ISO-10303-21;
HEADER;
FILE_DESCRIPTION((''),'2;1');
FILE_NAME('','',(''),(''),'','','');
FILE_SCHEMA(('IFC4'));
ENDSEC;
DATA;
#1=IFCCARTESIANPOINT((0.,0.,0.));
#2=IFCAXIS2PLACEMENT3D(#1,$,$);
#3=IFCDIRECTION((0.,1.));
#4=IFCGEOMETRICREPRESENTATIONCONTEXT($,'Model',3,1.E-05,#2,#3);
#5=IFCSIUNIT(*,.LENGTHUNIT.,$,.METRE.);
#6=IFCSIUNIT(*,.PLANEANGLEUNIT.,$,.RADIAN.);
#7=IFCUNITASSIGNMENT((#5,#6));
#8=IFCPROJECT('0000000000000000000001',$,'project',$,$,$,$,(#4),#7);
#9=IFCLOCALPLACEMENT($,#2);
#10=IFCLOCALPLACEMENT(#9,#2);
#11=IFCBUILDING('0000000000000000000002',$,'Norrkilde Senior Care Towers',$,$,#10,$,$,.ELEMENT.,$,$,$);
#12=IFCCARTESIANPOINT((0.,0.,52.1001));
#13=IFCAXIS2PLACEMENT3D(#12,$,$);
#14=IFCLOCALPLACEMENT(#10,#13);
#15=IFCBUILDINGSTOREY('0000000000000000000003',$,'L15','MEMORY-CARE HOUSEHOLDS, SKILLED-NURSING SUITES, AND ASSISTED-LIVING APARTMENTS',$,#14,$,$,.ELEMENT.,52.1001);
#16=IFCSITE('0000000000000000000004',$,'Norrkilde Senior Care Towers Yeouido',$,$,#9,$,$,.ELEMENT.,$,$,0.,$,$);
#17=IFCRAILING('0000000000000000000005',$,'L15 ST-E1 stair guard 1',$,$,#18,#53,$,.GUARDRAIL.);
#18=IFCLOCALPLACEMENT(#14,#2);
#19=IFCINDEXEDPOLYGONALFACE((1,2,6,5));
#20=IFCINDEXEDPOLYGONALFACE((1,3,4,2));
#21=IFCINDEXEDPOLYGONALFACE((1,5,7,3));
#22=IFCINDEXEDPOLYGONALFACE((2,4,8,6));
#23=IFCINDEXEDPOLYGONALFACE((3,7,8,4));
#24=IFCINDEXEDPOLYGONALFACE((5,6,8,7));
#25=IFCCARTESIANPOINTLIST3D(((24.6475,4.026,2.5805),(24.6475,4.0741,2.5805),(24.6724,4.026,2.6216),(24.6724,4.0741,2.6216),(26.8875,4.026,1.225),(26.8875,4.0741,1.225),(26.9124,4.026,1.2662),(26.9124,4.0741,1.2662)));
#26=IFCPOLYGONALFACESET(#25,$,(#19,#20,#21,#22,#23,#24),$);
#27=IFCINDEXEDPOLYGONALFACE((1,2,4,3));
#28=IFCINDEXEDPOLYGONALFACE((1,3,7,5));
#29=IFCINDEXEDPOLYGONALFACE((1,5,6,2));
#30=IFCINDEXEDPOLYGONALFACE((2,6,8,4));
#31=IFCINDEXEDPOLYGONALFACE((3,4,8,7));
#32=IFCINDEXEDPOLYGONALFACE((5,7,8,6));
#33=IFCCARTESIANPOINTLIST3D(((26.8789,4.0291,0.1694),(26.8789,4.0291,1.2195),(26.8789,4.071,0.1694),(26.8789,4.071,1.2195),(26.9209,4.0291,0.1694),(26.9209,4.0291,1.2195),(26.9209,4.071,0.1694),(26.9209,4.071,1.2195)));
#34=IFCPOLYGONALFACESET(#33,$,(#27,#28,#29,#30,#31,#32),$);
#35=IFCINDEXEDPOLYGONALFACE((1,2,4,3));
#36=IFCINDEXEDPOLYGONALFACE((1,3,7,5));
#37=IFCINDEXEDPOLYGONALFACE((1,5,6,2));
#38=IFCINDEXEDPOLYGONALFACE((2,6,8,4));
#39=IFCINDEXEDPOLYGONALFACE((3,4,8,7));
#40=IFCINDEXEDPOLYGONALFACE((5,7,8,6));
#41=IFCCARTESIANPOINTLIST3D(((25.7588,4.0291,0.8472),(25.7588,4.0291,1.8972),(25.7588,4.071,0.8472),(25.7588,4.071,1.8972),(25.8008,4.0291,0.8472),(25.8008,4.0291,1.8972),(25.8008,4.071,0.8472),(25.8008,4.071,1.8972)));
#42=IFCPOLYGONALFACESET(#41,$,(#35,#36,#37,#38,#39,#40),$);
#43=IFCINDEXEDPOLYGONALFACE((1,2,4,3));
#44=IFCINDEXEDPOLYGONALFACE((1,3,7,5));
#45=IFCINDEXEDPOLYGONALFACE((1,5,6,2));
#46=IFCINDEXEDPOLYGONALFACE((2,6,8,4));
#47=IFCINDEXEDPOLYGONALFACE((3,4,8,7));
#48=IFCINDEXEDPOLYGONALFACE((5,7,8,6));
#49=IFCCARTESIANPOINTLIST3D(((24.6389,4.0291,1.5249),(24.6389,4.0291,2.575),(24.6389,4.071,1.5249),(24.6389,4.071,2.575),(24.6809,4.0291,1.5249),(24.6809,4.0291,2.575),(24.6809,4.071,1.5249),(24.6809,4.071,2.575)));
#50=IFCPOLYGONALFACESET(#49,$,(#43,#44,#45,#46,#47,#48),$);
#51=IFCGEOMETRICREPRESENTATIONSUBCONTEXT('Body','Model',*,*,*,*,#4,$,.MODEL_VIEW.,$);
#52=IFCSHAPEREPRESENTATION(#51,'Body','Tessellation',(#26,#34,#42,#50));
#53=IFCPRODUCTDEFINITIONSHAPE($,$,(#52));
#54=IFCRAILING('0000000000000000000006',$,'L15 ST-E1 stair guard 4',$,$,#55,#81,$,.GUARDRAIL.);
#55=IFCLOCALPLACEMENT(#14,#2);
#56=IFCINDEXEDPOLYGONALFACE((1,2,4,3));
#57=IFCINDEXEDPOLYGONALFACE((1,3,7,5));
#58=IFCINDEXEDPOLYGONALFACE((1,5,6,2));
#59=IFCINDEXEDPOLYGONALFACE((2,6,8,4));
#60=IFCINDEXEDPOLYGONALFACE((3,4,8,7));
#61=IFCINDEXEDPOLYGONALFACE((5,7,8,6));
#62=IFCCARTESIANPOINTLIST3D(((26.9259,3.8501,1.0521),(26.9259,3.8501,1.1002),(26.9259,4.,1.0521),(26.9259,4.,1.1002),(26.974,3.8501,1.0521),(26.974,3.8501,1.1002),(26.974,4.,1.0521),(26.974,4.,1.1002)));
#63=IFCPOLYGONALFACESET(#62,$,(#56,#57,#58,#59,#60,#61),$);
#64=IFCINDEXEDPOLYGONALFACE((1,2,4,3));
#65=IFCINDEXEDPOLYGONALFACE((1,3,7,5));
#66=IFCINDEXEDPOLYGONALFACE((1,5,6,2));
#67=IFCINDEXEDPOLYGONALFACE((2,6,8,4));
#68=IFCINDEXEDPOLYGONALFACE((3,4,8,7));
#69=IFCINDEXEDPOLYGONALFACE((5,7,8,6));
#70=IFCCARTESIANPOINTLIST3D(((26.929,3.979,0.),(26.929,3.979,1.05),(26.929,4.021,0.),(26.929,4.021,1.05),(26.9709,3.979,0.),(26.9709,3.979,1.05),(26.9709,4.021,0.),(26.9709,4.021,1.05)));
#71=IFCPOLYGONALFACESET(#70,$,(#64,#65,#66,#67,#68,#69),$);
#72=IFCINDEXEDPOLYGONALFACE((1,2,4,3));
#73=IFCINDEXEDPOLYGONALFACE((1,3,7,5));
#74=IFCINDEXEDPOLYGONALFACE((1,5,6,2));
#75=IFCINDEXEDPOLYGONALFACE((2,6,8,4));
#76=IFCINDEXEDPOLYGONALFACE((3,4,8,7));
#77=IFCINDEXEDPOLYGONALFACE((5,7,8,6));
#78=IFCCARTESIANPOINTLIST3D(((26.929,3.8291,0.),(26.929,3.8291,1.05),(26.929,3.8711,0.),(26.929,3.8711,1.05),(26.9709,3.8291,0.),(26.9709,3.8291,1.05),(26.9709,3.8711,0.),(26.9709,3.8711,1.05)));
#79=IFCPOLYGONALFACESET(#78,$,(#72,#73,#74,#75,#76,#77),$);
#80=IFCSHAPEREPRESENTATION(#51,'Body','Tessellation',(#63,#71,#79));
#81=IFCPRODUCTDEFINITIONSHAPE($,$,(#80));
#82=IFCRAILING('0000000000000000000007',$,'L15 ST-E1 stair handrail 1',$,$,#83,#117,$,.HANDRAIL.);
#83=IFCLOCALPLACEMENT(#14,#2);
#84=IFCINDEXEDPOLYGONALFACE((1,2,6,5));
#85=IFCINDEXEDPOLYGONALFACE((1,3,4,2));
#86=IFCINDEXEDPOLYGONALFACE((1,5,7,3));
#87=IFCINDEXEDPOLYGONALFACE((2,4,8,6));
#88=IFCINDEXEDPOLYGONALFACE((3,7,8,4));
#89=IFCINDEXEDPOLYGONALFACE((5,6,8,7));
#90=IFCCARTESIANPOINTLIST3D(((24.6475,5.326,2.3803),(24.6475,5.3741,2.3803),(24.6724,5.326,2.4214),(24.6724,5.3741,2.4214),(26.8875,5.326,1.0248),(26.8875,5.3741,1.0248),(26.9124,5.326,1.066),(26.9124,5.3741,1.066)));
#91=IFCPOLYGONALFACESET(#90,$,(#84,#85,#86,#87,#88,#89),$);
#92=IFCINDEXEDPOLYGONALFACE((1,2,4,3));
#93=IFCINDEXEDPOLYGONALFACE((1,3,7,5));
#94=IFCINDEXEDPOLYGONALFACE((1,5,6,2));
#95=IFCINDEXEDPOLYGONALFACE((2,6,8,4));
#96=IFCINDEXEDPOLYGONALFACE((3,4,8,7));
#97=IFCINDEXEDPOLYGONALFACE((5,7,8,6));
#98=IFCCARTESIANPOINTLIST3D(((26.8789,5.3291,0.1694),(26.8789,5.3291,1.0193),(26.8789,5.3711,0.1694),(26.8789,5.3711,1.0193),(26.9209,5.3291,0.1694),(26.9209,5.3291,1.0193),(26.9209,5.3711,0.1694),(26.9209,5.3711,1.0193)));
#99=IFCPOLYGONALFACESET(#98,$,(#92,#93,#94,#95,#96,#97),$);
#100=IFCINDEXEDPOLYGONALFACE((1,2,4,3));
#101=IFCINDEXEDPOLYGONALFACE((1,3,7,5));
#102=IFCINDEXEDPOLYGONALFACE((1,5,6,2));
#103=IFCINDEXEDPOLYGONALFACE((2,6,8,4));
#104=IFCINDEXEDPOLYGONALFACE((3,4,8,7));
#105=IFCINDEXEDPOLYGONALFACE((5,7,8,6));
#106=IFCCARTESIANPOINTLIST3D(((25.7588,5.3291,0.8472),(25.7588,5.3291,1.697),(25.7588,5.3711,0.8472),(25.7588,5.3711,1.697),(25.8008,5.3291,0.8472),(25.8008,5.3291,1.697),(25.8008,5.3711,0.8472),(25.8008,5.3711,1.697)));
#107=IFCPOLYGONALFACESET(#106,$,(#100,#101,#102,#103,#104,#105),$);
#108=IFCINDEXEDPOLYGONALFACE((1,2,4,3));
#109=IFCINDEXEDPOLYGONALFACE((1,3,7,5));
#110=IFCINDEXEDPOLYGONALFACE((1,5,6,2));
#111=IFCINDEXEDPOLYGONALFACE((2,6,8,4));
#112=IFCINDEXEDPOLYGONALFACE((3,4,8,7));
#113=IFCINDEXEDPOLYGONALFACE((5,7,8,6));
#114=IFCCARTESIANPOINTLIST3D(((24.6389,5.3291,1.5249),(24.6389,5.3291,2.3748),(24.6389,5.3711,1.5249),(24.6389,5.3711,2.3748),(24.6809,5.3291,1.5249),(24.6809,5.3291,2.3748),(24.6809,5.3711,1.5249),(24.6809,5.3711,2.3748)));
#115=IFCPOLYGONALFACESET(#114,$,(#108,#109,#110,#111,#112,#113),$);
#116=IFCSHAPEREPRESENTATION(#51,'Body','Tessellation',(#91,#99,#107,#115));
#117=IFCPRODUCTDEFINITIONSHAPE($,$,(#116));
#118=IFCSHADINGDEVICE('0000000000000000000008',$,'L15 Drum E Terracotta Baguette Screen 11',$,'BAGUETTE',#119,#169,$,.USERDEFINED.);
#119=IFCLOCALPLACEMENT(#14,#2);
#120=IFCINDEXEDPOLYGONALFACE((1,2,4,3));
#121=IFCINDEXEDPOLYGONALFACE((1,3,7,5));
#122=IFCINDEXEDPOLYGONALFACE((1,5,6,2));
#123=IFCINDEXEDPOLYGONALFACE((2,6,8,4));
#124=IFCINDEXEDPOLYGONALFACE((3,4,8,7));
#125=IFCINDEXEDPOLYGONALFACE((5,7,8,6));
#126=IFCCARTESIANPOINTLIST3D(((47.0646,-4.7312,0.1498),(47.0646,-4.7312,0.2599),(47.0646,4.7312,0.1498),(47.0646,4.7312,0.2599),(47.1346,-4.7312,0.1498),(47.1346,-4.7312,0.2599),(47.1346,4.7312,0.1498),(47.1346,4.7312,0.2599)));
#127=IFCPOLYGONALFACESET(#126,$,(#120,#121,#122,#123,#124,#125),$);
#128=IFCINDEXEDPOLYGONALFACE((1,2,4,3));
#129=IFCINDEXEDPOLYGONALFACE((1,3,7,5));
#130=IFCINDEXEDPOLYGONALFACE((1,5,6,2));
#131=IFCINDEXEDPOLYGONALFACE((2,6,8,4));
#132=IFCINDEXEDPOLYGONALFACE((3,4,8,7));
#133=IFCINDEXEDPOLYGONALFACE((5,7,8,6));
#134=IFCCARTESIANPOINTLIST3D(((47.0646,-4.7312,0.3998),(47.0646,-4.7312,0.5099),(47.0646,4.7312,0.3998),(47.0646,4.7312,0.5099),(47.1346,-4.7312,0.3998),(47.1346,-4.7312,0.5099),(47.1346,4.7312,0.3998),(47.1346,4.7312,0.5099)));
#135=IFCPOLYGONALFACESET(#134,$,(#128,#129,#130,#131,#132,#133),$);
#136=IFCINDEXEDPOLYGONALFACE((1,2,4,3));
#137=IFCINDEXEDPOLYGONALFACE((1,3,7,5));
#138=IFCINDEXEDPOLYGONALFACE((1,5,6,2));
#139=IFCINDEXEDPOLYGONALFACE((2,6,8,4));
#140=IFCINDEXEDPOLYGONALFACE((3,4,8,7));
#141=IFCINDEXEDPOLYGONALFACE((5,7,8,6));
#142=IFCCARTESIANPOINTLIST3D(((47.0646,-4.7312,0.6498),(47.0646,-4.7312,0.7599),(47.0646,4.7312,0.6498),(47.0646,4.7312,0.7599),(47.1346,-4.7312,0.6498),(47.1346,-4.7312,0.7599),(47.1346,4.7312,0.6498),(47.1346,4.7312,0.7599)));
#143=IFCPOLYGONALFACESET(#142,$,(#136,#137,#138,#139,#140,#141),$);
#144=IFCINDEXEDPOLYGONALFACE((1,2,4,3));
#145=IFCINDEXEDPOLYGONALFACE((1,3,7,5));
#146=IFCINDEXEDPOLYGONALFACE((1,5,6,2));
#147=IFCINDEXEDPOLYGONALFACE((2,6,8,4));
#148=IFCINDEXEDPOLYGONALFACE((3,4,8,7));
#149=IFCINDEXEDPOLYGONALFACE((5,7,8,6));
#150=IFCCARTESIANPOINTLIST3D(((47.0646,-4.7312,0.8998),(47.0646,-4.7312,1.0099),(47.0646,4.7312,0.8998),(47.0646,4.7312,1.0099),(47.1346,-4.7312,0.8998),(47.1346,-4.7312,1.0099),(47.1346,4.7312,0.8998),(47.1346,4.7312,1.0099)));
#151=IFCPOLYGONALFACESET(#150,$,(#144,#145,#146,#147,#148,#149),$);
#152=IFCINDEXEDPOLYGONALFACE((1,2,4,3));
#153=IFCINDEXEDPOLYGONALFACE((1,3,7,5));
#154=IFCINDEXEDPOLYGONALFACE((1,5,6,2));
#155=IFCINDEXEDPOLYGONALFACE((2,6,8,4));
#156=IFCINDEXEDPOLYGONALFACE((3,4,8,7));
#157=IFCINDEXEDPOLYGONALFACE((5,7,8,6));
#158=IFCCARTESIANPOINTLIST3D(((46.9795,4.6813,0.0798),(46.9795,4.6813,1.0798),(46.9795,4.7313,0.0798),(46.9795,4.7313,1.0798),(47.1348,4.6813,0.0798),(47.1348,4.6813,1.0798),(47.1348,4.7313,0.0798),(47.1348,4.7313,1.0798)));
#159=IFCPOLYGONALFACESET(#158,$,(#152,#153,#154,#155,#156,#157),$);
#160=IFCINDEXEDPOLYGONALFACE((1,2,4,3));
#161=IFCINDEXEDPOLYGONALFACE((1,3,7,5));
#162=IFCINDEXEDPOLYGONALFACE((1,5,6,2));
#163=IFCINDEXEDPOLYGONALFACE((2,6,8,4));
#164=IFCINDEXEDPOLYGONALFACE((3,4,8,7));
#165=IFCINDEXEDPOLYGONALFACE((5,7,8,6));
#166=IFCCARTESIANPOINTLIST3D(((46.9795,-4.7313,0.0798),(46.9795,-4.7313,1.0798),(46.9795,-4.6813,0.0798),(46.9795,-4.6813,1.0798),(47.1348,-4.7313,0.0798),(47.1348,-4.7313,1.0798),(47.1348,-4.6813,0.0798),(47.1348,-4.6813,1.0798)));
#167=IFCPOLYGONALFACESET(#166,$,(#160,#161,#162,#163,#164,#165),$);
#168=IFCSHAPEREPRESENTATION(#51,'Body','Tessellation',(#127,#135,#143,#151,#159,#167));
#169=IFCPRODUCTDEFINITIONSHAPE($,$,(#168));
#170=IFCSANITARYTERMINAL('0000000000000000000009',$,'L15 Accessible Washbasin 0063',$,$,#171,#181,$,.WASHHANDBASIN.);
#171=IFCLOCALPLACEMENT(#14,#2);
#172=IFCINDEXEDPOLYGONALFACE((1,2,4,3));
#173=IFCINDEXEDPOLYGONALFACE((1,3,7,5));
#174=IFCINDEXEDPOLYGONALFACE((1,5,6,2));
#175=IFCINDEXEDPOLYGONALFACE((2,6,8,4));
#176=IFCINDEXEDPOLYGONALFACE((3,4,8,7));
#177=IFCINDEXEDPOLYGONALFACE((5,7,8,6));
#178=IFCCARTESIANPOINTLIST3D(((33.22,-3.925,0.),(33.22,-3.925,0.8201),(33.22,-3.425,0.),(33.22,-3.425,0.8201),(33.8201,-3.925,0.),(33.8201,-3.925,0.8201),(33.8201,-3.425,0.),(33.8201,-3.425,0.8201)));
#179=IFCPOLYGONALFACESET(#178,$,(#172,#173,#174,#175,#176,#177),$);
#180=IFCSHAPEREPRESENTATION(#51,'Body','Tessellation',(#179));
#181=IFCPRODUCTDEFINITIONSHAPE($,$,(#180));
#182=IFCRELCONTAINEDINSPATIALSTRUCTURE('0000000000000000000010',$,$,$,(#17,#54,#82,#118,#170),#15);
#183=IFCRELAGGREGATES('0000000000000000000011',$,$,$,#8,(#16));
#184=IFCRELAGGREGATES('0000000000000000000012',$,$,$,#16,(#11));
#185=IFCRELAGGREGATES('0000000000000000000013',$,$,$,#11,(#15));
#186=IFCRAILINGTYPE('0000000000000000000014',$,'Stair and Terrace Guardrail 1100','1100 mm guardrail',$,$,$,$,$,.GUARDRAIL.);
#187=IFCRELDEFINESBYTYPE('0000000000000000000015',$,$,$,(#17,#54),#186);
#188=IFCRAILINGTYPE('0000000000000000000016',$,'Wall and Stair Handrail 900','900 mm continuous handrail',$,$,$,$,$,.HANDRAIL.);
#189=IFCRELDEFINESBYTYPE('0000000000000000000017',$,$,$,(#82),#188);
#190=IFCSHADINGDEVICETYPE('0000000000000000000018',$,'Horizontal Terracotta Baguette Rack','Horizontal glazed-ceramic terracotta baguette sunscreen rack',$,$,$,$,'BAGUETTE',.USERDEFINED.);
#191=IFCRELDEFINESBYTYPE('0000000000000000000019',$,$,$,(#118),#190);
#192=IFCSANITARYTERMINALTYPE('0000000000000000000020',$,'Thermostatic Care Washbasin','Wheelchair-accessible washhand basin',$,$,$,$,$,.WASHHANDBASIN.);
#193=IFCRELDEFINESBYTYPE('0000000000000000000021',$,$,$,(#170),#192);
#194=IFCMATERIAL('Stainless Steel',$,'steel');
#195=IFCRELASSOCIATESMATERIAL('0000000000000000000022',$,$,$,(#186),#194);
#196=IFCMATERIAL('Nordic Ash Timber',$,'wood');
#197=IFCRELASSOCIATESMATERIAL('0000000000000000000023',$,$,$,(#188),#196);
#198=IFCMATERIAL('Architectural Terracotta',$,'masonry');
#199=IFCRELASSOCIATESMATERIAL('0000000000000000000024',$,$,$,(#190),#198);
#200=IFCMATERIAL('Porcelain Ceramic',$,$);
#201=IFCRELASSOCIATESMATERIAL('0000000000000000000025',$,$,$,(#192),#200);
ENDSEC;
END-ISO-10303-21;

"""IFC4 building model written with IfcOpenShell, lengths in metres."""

from ifc_helpers import new_model, si_unit, direction, frame, origin, origin_2d, place, context, subcontext, project, spatial, rectangle, extrude, source, transform, mapped, material, type_object, type_shapes, element, save


model = new_model("IFC4")

# Units and contexts
model_context = context("Model", 3, precision=1e-05, world=origin(), true_north=direction((0.0, 1.0)))
body_context = subcontext(model_context, "Body", "Model", "MODEL_VIEW")
ifc_project = project(units=[si_unit("LENGTHUNIT", "METRE"), si_unit("PLANEANGLEUNIT", "RADIAN")], contexts=[model_context])

# Site, building, storey
site_placement = place(None, origin())
site = spatial("IfcSite", under=ifc_project, at=site_placement, Name="Norrkilde Senior Care Towers Yeouido", CompositionType="ELEMENT", RefElevation=0.0)
building_placement = place(site_placement, origin())
building = spatial("IfcBuilding", under=site, at=building_placement, Name="Norrkilde Senior Care Towers", CompositionType="ELEMENT")
storey_placement = place(building_placement, frame((0.0, 0.0, 52.1001)))
storey = spatial("IfcBuildingStorey", under=building, at=storey_placement, Name="L15", Description="MEMORY-CARE HOUSEHOLDS, SKILLED-NURSING SUITES, AND ASSISTED-LIVING APARTMENTS", CompositionType="ELEMENT", Elevation=52.1001)

# Shared definitions
ifc_material_1 = material(Name="Stainless Steel", Category="steel")

# Railings
railing_type_1 = type_object("IfcRailingType", Name="Stair and Terrace Guardrail 1100", Description="1100 mm guardrail", PredefinedType="GUARDRAIL", material=ifc_material_1)
railing_1_placement = place(storey_placement, frame((26.8999, 4.05, 0.1694)))
element("IfcRailing", 1, at=railing_1_placement, inside=storey, type_object=railing_type_1, Name="L15 ST-E1 stair guard 1", PredefinedType="GUARDRAIL", context=body_context, shape_type="SweptSolid", body=[
    extrude(rectangle(XDim=0.0481, YDim=0.0481, at=origin_2d()), frame((0.0, 0.0, 1.0762), z_axis=(-0.855553, 0.0, 0.517715), x_axis=(0.0, -1.0, 0.0)), (0.0, 0.0, 1.0), 2.6182),
    extrude(rectangle(XDim=0.042, YDim=0.042, at=origin_2d()), origin(), (0.0, 0.0, 1.0), 1.05),
    extrude(rectangle(XDim=0.042, YDim=0.042, at=origin_2d()), frame((-1.1201, 0.0, 0.6777)), (0.0, 0.0, 1.0), 1.05),
    extrude(rectangle(XDim=0.042, YDim=0.042, at=origin_2d()), frame((-2.24, 0.0, 1.3555)), (0.0, 0.0, 1.0), 1.05),
])
railing_2_placement = place(storey_placement, frame((26.95, 4.0, 0.0)))
element("IfcRailing", 2, at=railing_2_placement, inside=storey, type_object=railing_type_1, Name="L15 ST-E1 stair guard 4", PredefinedType="GUARDRAIL", context=body_context, shape_type="SweptSolid", body=[
    extrude(rectangle(XDim=0.0481, YDim=0.0481, at=origin_2d()), frame((0.0, 0.0, 1.0762), z_axis=(0.0, -1.0, 0.0), x_axis=(1.0, 0.0, 0.0)), (0.0, 0.0, 1.0), 0.1499),
    extrude(rectangle(XDim=0.042, YDim=0.042, at=origin_2d()), origin(), (0.0, 0.0, 1.0), 1.05),
    extrude(rectangle(XDim=0.042, YDim=0.042, at=origin_2d()), frame((0.0, -0.1499, 0.0)), (0.0, 0.0, 1.0), 1.05),
])
ifc_material_2 = material(Name="Nordic Ash Timber", Category="wood")
railing_type_2 = type_object("IfcRailingType", Name="Wall and Stair Handrail 900", Description="900 mm continuous handrail", PredefinedType="HANDRAIL", material=ifc_material_2)
railing_3_placement = place(storey_placement, frame((26.8999, 5.3501, 0.1694)))
element("IfcRailing", 3, at=railing_3_placement, inside=storey, type_object=railing_type_2, Name="L15 ST-E1 stair handrail 1", PredefinedType="HANDRAIL", context=body_context, shape_type="SweptSolid", body=[
    extrude(rectangle(XDim=0.0481, YDim=0.0481, at=origin_2d()), frame((0.0, 0.0, 0.876), z_axis=(-0.855553, 0.0, 0.517715), x_axis=(0.0, -1.0, 0.0)), (0.0, 0.0, 1.0), 2.6182),
    extrude(rectangle(XDim=0.042, YDim=0.042, at=origin_2d()), origin(), (0.0, 0.0, 1.0), 0.8499),
    extrude(rectangle(XDim=0.042, YDim=0.042, at=origin_2d()), frame((-1.1201, 0.0, 0.6777)), (0.0, 0.0, 1.0), 0.8499),
    extrude(rectangle(XDim=0.042, YDim=0.042, at=origin_2d()), frame((-2.24, 0.0, 1.3555)), (0.0, 0.0, 1.0), 0.8499),
])

# Shading device
ifc_material_3 = material(Name="Architectural Terracotta", Category="masonry")
shading_device_type = type_object("IfcShadingDeviceType", Name="Horizontal Terracotta Baguette Rack", Description="Horizontal glazed-ceramic terracotta baguette sunscreen rack", ElementType="BAGUETTE", PredefinedType="USERDEFINED", material=ifc_material_3)
shared_shape_1 = source(origin(), body_context, "Body", "SweptSolid", [
    extrude(rectangle(XDim=0.0701, YDim=0.1101, at=origin_2d()), frame((0.0, 0.0901, 0.125), z_axis=(1.0, 0.0, 0.0), x_axis=(0.0, 1.0, 0.0)), (0.0, 0.0, 1.0), 9.4624),
    extrude(rectangle(XDim=0.0701, YDim=0.1101, at=origin_2d()), frame((0.0, 0.0901, 0.375), z_axis=(1.0, 0.0, 0.0), x_axis=(0.0, 1.0, 0.0)), (0.0, 0.0, 1.0), 9.4624),
    extrude(rectangle(XDim=0.0701, YDim=0.1101, at=origin_2d()), frame((0.0, 0.0901, 0.625), z_axis=(1.0, 0.0, 0.0), x_axis=(0.0, 1.0, 0.0)), (0.0, 0.0, 1.0), 9.4624),
    extrude(rectangle(XDim=0.0701, YDim=0.1101, at=origin_2d()), frame((0.0, 0.0901, 0.875), z_axis=(1.0, 0.0, 0.0), x_axis=(0.0, 1.0, 0.0)), (0.0, 0.0, 1.0), 9.4624),
    extrude(rectangle(XDim=0.05, YDim=0.1553, at=origin_2d()), frame((0.0249, 0.0476, 0.0)), (0.0, 0.0, 1.0), 1.0),
    extrude(rectangle(XDim=0.05, YDim=0.1553, at=origin_2d()), frame((9.4375, 0.0476, 0.0)), (0.0, 0.0, 1.0), 1.0),
])
type_shapes(shading_device_type, [shared_shape_1])
shading_device_placement = place(storey_placement, frame((47.0095, 4.7312, 0.0798), z_axis=(0.0, 0.0, 1.0), x_axis=(0.0, -1.0, 0.0)))
element("IfcShadingDevice", 4, at=shading_device_placement, inside=storey, type_object=shading_device_type, Name="L15 Drum E Terracotta Baguette Screen 11", ObjectType="BAGUETTE", PredefinedType="USERDEFINED", context=body_context, shape_type="MappedRepresentation", body=[
    mapped(shared_shape_1, transform((0.0, 0.0, 0.0), x_axis=(1.0, 0.0, 0.0), y_axis=(0.0, 1.0, 0.0), z_axis=(0.0, 0.0, 1.0), scale=1.0)),
])

# Sanitary terminal
ifc_material_4 = material(Name="Porcelain Ceramic")
sanitary_terminal_type = type_object("IfcSanitaryTerminalType", Name="Thermostatic Care Washbasin", Description="Wheelchair-accessible washhand basin", PredefinedType="WASHHANDBASIN", material=ifc_material_4)
shared_shape_2 = source(origin(), body_context, "Body", "SweptSolid", [
    extrude(rectangle(XDim=0.6001, YDim=0.5, at=origin_2d()), origin(), (0.0, 0.0, 1.0), 0.8201),
])
type_shapes(sanitary_terminal_type, [shared_shape_2])
sanitary_terminal_placement = place(storey_placement, frame((33.52, -3.675, 0.0), z_axis=(0.0, 0.0, 1.0), x_axis=(1.0, 0.0, 0.0)))
element("IfcSanitaryTerminal", 5, at=sanitary_terminal_placement, inside=storey, type_object=sanitary_terminal_type, Name="L15 Accessible Washbasin 0063", PredefinedType="WASHHANDBASIN", context=body_context, shape_type="MappedRepresentation", body=[
    mapped(shared_shape_2, transform((0.0, 0.0, 0.0), x_axis=(1.0, 0.0, 0.0), y_axis=(0.0, 1.0, 0.0), z_axis=(0.0, 0.0, 1.0), scale=1.0)),
])

save(model, "model.ifc")
